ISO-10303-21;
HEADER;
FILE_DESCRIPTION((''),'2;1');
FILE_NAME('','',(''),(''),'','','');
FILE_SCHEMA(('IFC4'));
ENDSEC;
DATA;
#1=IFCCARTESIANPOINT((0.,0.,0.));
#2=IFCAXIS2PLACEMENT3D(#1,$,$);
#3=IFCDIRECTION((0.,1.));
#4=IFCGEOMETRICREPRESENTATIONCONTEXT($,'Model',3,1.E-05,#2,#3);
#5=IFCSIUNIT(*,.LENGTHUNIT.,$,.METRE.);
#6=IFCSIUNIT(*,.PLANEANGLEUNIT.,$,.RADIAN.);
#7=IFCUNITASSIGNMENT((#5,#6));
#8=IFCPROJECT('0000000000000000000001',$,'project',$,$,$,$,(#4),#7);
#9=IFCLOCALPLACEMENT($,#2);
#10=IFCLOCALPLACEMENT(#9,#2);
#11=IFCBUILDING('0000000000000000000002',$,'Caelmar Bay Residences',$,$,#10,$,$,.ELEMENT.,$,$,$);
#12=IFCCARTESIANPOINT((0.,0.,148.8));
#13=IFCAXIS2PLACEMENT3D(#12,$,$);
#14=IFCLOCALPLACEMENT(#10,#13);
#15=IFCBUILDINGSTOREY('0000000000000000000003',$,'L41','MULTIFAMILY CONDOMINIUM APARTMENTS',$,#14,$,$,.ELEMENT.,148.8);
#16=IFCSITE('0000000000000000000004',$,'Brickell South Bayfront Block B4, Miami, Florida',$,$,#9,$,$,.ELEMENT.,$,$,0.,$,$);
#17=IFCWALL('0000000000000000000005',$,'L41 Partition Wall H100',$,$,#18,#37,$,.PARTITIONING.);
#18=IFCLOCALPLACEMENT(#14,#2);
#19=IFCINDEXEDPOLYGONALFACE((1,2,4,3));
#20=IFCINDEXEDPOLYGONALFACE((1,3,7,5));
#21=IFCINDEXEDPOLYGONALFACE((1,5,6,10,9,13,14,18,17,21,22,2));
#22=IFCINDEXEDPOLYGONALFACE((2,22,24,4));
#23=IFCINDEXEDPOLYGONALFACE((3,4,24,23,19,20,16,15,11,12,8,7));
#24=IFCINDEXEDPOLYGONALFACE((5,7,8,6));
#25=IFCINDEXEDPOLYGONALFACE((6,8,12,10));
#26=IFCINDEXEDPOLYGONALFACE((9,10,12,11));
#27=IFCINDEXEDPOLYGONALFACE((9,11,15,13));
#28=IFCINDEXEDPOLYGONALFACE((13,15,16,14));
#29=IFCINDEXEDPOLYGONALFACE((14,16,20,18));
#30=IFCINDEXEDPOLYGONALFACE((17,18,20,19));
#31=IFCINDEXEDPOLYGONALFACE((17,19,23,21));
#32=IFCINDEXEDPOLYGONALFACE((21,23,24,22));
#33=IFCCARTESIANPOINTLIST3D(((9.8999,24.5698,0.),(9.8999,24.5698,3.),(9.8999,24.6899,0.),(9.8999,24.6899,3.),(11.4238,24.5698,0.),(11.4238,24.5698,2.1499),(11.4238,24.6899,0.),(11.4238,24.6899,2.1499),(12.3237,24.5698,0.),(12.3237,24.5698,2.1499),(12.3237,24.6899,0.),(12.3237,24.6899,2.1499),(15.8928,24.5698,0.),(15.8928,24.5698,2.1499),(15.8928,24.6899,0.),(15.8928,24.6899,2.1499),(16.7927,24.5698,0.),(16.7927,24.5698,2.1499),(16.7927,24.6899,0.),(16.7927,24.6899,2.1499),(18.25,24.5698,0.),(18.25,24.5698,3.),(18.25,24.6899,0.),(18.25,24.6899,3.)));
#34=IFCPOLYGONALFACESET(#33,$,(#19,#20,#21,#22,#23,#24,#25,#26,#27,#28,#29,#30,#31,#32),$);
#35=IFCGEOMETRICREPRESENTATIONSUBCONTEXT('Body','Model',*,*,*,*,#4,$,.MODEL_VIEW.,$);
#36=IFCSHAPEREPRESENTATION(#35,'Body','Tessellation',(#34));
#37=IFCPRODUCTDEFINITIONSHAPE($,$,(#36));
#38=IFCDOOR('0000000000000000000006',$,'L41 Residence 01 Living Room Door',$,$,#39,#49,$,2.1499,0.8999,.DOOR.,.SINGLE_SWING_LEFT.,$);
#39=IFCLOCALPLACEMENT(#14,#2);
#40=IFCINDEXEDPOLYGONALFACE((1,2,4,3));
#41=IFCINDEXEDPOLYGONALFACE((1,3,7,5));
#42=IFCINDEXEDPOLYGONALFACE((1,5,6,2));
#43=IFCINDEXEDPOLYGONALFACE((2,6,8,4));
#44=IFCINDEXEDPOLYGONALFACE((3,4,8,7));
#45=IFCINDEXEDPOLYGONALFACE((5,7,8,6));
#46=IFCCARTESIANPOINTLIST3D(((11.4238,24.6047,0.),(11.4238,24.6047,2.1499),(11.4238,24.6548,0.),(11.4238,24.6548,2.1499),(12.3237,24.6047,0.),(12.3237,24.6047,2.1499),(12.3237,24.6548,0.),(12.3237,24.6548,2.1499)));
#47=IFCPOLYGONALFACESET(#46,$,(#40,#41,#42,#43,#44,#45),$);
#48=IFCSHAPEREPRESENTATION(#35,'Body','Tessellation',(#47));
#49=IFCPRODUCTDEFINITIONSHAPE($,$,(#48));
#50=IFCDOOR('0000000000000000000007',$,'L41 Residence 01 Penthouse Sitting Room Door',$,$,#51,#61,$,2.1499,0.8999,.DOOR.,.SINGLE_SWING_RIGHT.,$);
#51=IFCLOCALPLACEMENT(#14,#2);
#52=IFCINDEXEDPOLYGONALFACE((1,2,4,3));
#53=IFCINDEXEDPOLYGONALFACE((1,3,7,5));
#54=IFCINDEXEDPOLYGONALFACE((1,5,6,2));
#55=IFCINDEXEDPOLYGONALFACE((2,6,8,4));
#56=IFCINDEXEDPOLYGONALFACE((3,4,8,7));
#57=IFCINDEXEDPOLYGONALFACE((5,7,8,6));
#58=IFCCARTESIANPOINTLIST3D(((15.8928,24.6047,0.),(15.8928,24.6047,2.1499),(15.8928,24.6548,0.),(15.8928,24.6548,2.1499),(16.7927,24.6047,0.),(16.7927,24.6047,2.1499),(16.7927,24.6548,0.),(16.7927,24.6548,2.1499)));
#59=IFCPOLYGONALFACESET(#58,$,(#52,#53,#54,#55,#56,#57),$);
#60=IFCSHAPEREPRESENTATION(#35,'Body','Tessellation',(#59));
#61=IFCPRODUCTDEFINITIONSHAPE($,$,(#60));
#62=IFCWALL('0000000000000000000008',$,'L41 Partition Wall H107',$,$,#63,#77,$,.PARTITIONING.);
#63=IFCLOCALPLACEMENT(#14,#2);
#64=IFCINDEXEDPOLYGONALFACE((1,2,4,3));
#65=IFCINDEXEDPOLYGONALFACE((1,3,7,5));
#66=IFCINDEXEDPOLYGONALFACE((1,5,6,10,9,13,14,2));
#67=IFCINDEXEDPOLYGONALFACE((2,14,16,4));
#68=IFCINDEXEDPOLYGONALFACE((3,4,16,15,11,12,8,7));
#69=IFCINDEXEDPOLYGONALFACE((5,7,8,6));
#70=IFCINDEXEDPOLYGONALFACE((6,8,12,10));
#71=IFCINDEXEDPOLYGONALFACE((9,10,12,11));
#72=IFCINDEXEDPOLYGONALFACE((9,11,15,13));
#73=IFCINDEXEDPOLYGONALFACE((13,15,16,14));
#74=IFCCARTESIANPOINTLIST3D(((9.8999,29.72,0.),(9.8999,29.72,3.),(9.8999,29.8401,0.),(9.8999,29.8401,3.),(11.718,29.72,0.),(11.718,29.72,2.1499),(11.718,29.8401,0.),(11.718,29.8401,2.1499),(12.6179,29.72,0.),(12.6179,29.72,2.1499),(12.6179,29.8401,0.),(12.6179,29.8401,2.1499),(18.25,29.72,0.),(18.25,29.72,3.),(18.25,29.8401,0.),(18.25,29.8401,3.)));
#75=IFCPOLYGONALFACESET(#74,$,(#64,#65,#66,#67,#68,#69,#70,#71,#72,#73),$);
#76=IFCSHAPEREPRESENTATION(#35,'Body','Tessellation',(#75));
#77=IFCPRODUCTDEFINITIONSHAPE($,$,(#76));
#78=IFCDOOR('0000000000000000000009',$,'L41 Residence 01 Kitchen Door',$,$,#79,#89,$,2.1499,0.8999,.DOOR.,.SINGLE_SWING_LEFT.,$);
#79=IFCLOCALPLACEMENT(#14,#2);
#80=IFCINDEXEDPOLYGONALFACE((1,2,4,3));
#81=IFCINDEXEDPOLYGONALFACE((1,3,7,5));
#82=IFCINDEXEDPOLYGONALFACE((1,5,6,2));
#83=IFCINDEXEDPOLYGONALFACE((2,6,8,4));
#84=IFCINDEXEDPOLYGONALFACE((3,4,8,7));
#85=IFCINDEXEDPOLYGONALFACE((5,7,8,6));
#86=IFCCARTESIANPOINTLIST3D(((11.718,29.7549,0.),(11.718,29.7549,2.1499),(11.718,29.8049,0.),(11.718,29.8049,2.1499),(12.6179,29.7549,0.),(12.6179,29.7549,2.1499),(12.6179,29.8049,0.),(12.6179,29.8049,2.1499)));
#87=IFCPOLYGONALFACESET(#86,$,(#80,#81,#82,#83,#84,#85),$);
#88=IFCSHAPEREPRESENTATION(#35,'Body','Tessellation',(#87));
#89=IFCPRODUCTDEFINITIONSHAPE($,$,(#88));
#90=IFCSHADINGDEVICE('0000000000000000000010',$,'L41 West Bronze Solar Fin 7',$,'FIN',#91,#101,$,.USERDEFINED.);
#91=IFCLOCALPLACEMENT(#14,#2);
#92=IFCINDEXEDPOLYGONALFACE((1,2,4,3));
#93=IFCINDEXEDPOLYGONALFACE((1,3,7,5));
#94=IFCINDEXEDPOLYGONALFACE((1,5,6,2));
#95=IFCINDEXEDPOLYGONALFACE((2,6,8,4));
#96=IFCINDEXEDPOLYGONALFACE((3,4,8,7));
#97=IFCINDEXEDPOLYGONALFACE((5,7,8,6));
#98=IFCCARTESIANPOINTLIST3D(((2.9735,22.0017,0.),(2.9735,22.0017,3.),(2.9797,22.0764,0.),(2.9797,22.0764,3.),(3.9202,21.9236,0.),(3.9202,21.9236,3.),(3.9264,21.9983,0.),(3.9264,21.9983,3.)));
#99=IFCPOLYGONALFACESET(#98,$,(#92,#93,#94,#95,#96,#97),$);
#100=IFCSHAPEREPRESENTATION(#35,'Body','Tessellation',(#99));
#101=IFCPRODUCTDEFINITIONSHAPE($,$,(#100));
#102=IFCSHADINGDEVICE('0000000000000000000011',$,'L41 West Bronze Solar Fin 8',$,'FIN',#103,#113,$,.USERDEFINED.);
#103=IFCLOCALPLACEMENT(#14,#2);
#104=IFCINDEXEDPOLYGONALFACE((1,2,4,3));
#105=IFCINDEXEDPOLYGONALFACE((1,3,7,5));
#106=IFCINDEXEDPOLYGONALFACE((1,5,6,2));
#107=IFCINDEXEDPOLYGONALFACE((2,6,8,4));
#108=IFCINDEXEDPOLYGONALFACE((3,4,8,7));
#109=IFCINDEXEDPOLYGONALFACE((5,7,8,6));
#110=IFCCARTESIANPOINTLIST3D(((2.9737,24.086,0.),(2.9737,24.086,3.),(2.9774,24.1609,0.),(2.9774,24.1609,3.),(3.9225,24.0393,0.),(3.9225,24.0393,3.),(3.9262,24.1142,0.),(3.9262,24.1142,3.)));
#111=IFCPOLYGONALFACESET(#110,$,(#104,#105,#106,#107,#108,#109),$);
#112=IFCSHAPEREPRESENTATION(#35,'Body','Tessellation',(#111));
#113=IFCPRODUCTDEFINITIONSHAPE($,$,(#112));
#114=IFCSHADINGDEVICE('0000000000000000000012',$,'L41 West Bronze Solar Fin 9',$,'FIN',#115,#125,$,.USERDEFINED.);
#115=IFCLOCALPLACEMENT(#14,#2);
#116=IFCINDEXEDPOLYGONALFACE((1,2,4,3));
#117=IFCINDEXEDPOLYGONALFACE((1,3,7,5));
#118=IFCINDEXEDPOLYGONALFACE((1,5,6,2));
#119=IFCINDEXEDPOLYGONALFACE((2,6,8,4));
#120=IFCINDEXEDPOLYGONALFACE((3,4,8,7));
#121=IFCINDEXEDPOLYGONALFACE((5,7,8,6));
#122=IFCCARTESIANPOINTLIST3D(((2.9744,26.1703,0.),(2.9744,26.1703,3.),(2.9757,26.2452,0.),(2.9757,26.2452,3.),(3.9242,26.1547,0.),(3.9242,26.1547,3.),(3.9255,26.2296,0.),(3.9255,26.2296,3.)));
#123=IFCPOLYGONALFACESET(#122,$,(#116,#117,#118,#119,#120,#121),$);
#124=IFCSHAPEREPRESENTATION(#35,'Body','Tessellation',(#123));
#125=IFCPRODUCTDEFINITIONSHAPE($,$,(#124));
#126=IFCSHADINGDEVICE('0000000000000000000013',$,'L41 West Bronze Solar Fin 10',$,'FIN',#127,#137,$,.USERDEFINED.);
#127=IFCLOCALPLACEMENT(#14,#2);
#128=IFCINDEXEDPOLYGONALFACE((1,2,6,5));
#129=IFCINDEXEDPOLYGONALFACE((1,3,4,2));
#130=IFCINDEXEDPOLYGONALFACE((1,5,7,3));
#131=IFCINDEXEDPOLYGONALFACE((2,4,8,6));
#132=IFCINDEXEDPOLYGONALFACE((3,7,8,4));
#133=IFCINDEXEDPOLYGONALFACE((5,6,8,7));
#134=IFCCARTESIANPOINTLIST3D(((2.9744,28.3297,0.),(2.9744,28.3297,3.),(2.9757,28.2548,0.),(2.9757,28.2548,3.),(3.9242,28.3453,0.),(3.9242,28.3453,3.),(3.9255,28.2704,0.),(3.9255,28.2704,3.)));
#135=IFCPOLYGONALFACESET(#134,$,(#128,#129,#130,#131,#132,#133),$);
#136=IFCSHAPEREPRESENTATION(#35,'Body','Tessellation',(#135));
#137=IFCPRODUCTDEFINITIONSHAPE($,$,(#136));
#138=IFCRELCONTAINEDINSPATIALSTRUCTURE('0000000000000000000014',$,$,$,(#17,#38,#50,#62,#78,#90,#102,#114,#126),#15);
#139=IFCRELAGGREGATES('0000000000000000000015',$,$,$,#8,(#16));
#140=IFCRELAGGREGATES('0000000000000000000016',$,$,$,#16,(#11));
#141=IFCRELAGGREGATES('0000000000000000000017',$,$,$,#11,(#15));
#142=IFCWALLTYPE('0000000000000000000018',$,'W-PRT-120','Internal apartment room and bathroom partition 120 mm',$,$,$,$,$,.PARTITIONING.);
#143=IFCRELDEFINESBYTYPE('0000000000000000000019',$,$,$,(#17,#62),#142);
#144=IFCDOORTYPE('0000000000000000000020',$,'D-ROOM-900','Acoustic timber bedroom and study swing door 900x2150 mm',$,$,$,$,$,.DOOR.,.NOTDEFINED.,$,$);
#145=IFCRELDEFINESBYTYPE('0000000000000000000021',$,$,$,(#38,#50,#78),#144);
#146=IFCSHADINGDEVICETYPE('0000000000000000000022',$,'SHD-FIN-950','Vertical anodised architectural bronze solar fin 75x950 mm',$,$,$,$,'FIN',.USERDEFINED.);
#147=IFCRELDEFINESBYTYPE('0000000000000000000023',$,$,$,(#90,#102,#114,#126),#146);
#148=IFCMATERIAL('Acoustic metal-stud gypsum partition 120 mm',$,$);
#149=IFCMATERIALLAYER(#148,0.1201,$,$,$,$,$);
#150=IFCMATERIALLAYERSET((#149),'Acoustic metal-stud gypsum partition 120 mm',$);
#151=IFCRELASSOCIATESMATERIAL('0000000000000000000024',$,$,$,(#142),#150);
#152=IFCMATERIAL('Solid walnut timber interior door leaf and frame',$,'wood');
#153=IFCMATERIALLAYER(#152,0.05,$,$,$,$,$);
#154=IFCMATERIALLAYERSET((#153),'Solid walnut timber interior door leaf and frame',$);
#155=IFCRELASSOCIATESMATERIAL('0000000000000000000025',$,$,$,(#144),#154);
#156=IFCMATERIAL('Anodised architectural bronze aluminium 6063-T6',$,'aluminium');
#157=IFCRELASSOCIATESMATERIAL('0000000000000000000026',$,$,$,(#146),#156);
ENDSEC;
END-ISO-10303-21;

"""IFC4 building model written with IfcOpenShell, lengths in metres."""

from ifc_helpers import new_model, si_unit, direction, frame, frame_2d, origin, origin_2d, place, context, subcontext, project, spatial, rectangle, extrude, material, layer, layer_set, material_profile, profile_set, type_object, element, fill, save


model = new_model("IFC4")

# Units and contexts
model_context = context("Model", 3, precision=1e-05, world=origin(), true_north=direction((0.0, 1.0)))
body_context = subcontext(model_context, "Body", "Model", "MODEL_VIEW")
ifc_project = project(units=[si_unit("LENGTHUNIT", "METRE"), si_unit("PLANEANGLEUNIT", "RADIAN")], contexts=[model_context])

# Site, building, storey
site_placement = place(None, origin())
site = spatial("IfcSite", under=ifc_project, at=site_placement, Name="Brickell South Bayfront Block B4, Miami, Florida", CompositionType="ELEMENT", RefElevation=0.0)
building_placement = place(site_placement, origin())
building = spatial("IfcBuilding", under=site, at=building_placement, Name="Caelmar Bay Residences", CompositionType="ELEMENT")
storey_placement = place(building_placement, frame((0.0, 0.0, 148.8)))
storey = spatial("IfcBuildingStorey", under=building, at=storey_placement, Name="L41", Description="MULTIFAMILY CONDOMINIUM APARTMENTS", CompositionType="ELEMENT", Elevation=148.8)

# Shared definitions
ifc_material_1 = material(Name="Acoustic metal-stud gypsum partition 120 mm")
ifc_layer_1 = layer(ifc_material_1, 0.1201)
ifc_layer_set_1 = layer_set([ifc_layer_1], Name="Acoustic metal-stud gypsum partition 120 mm")
wall_type_1 = type_object("IfcWallType", Name="W-PRT-120", Description="Internal apartment room and bathroom partition 120 mm", PredefinedType="PARTITIONING", material=ifc_layer_set_1)

# Shared definitions
ifc_material_2 = material(Name="Solid walnut timber interior door leaf and frame", Category="wood")
ifc_layer_2 = layer(ifc_material_2, 0.05)
ifc_layer_set_2 = layer_set([ifc_layer_2], Name="Solid walnut timber interior door leaf and frame")
door_type = type_object("IfcDoorType", Name="D-ROOM-900", Description="Acoustic timber bedroom and study swing door 900x2150 mm", OperationType="NOTDEFINED", PredefinedType="DOOR", material=ifc_layer_set_2)

# Wall, openings, doors
wall_1_placement = place(storey_placement, frame((9.8999, 24.6299, 0.0), z_axis=(0.0, 0.0, 1.0), x_axis=(1.0, 0.0, 0.0)))
wall_1 = element("IfcWall", 1, at=wall_1_placement, inside=storey, type_object=wall_type_1, Name="L41 Partition Wall H100", PredefinedType="PARTITIONING", context=body_context, shape_type="SweptSolid", body=[
    extrude(rectangle(XDim=8.3501, YDim=0.1201, at=frame_2d((4.175, 0.0))), origin(), (0.0, 0.0, 1.0), 3.0),
])
opening_1_placement = place(wall_1_placement, frame((1.5239, 0.0, 0.0)))
opening_1 = element("IfcOpeningElement", 2, at=opening_1_placement, cuts=wall_1, PredefinedType="OPENING", context=body_context, shape_type="SweptSolid", body=[
    extrude(rectangle(XDim=0.8999, YDim=2.1499, at=frame_2d((0.45, 1.075))), frame((0.0, 0.0701, 0.0), z_axis=(0.0, -1.0, 0.0), x_axis=(1.0, 0.0, 0.0)), (0.0, 0.0, 1.0), 0.1401),
])
opening_2_placement = place(wall_1_placement, frame((5.9929, 0.0, 0.0)))
opening_2 = element("IfcOpeningElement", 3, at=opening_2_placement, cuts=wall_1, PredefinedType="OPENING", context=body_context, shape_type="SweptSolid", body=[
    extrude(rectangle(XDim=0.8999, YDim=2.1499, at=frame_2d((0.45, 1.075))), frame((0.0, 0.0701, 0.0), z_axis=(0.0, -1.0, 0.0), x_axis=(1.0, 0.0, 0.0)), (0.0, 0.0, 1.0), 0.1401),
])
door_1_placement = place(opening_1_placement, origin())
door_1 = element("IfcDoor", 4, at=door_1_placement, inside=storey, type_object=door_type, Name="L41 Residence 01 Living Room Door", OperationType="SINGLE_SWING_LEFT", OverallHeight=2.1499, OverallWidth=0.8999, PredefinedType="DOOR", context=body_context, shape_type="SweptSolid", body=[
    extrude(rectangle(XDim=0.8999, YDim=2.1499, at=frame_2d((0.45, 1.075))), frame((0.0, 0.0249, 0.0), z_axis=(0.0, -1.0, 0.0), x_axis=(1.0, 0.0, 0.0)), (0.0, 0.0, 1.0), 0.05),
])
fill(opening_1, door_1)
door_2_placement = place(opening_2_placement, origin())
door_2 = element("IfcDoor", 5, at=door_2_placement, inside=storey, type_object=door_type, Name="L41 Residence 01 Penthouse Sitting Room Door", OperationType="SINGLE_SWING_RIGHT", OverallHeight=2.1499, OverallWidth=0.8999, PredefinedType="DOOR", context=body_context, shape_type="SweptSolid", body=[
    extrude(rectangle(XDim=0.8999, YDim=2.1499, at=frame_2d((0.45, 1.075))), frame((0.0, 0.0249, 0.0), z_axis=(0.0, -1.0, 0.0), x_axis=(1.0, 0.0, 0.0)), (0.0, 0.0, 1.0), 0.05),
])
fill(opening_2, door_2)

# Wall, opening, door
wall_2_placement = place(storey_placement, frame((9.8999, 29.78, 0.0), z_axis=(0.0, 0.0, 1.0), x_axis=(1.0, 0.0, 0.0)))
wall_2 = element("IfcWall", 6, at=wall_2_placement, inside=storey, type_object=wall_type_1, Name="L41 Partition Wall H107", PredefinedType="PARTITIONING", context=body_context, shape_type="SweptSolid", body=[
    extrude(rectangle(XDim=8.3501, YDim=0.1201, at=frame_2d((4.175, 0.0))), origin(), (0.0, 0.0, 1.0), 3.0),
])
opening_3_placement = place(wall_2_placement, frame((1.8181, 0.0, 0.0)))
opening_3 = element("IfcOpeningElement", 7, at=opening_3_placement, cuts=wall_2, PredefinedType="OPENING", context=body_context, shape_type="SweptSolid", body=[
    extrude(rectangle(XDim=0.8999, YDim=2.1499, at=frame_2d((0.45, 1.075))), frame((0.0, 0.0701, 0.0), z_axis=(0.0, -1.0, 0.0), x_axis=(1.0, 0.0, 0.0)), (0.0, 0.0, 1.0), 0.1401),
])
door_3_placement = place(opening_3_placement, origin())
door_3 = element("IfcDoor", 8, at=door_3_placement, inside=storey, type_object=door_type, Name="L41 Residence 01 Kitchen Door", OperationType="SINGLE_SWING_LEFT", OverallHeight=2.1499, OverallWidth=0.8999, PredefinedType="DOOR", context=body_context, shape_type="SweptSolid", body=[
    extrude(rectangle(XDim=0.8999, YDim=2.1499, at=frame_2d((0.45, 1.075))), frame((0.0, 0.0249, 0.0), z_axis=(0.0, -1.0, 0.0), x_axis=(1.0, 0.0, 0.0)), (0.0, 0.0, 1.0), 0.05),
])
fill(opening_3, door_3)

# Shading devices
ifc_material_3 = material(Name="Anodised architectural bronze aluminium 6063-T6", Category="aluminium")
ifc_material_profile_1 = material_profile(ifc_material_3, rectangle(XDim=0.075, YDim=0.95, at=origin_2d()), Name="BRONZE-FIN-75X950")
ifc_profile_set_1 = profile_set([ifc_material_profile_1], Name="Anodised architectural bronze aluminium 6063-T6")
shading_device_type = type_object("IfcShadingDeviceType", Name="SHD-FIN-950", Description="Vertical anodised architectural bronze solar fin 75x950 mm", ElementType="FIN", PredefinedType="USERDEFINED", material=ifc_profile_set_1)
for number, where, z_axis, x_axis, name in (
    (9, (3.45, 22.0, 0.0), (0.0, 0.0, 1.0), (0.082112, 0.996623, 0.0), "L41 West Bronze Solar Fin 7"),
    (10, (3.45, 24.1001, 0.0), (0.0, 0.0, 1.0), (0.049198, 0.998789, 0.0), "L41 West Bronze Solar Fin 8"),
    (11, (3.45, 26.2, 0.0), (0.0, 0.0, 1.0), (0.016405, 0.999865, 0.0), "L41 West Bronze Solar Fin 9"),
    (12, (3.45, 28.3, 0.0), (0.0, 0.0, 1.0), (-0.016405, 0.999865, 0.0), "L41 West Bronze Solar Fin 10"),
):
    element("IfcShadingDevice", number, at=place(storey_placement, frame(where, z_axis=z_axis, x_axis=x_axis)), inside=storey, type_object=shading_device_type, Name=name, ObjectType="FIN", PredefinedType="USERDEFINED", context=body_context, shape_type="SweptSolid", body=[
        extrude(rectangle(XDim=0.075, YDim=0.95, at=origin_2d()), origin(), (0.0, 0.0, 1.0), 3.0),
    ])

save(model, "model.ifc")
